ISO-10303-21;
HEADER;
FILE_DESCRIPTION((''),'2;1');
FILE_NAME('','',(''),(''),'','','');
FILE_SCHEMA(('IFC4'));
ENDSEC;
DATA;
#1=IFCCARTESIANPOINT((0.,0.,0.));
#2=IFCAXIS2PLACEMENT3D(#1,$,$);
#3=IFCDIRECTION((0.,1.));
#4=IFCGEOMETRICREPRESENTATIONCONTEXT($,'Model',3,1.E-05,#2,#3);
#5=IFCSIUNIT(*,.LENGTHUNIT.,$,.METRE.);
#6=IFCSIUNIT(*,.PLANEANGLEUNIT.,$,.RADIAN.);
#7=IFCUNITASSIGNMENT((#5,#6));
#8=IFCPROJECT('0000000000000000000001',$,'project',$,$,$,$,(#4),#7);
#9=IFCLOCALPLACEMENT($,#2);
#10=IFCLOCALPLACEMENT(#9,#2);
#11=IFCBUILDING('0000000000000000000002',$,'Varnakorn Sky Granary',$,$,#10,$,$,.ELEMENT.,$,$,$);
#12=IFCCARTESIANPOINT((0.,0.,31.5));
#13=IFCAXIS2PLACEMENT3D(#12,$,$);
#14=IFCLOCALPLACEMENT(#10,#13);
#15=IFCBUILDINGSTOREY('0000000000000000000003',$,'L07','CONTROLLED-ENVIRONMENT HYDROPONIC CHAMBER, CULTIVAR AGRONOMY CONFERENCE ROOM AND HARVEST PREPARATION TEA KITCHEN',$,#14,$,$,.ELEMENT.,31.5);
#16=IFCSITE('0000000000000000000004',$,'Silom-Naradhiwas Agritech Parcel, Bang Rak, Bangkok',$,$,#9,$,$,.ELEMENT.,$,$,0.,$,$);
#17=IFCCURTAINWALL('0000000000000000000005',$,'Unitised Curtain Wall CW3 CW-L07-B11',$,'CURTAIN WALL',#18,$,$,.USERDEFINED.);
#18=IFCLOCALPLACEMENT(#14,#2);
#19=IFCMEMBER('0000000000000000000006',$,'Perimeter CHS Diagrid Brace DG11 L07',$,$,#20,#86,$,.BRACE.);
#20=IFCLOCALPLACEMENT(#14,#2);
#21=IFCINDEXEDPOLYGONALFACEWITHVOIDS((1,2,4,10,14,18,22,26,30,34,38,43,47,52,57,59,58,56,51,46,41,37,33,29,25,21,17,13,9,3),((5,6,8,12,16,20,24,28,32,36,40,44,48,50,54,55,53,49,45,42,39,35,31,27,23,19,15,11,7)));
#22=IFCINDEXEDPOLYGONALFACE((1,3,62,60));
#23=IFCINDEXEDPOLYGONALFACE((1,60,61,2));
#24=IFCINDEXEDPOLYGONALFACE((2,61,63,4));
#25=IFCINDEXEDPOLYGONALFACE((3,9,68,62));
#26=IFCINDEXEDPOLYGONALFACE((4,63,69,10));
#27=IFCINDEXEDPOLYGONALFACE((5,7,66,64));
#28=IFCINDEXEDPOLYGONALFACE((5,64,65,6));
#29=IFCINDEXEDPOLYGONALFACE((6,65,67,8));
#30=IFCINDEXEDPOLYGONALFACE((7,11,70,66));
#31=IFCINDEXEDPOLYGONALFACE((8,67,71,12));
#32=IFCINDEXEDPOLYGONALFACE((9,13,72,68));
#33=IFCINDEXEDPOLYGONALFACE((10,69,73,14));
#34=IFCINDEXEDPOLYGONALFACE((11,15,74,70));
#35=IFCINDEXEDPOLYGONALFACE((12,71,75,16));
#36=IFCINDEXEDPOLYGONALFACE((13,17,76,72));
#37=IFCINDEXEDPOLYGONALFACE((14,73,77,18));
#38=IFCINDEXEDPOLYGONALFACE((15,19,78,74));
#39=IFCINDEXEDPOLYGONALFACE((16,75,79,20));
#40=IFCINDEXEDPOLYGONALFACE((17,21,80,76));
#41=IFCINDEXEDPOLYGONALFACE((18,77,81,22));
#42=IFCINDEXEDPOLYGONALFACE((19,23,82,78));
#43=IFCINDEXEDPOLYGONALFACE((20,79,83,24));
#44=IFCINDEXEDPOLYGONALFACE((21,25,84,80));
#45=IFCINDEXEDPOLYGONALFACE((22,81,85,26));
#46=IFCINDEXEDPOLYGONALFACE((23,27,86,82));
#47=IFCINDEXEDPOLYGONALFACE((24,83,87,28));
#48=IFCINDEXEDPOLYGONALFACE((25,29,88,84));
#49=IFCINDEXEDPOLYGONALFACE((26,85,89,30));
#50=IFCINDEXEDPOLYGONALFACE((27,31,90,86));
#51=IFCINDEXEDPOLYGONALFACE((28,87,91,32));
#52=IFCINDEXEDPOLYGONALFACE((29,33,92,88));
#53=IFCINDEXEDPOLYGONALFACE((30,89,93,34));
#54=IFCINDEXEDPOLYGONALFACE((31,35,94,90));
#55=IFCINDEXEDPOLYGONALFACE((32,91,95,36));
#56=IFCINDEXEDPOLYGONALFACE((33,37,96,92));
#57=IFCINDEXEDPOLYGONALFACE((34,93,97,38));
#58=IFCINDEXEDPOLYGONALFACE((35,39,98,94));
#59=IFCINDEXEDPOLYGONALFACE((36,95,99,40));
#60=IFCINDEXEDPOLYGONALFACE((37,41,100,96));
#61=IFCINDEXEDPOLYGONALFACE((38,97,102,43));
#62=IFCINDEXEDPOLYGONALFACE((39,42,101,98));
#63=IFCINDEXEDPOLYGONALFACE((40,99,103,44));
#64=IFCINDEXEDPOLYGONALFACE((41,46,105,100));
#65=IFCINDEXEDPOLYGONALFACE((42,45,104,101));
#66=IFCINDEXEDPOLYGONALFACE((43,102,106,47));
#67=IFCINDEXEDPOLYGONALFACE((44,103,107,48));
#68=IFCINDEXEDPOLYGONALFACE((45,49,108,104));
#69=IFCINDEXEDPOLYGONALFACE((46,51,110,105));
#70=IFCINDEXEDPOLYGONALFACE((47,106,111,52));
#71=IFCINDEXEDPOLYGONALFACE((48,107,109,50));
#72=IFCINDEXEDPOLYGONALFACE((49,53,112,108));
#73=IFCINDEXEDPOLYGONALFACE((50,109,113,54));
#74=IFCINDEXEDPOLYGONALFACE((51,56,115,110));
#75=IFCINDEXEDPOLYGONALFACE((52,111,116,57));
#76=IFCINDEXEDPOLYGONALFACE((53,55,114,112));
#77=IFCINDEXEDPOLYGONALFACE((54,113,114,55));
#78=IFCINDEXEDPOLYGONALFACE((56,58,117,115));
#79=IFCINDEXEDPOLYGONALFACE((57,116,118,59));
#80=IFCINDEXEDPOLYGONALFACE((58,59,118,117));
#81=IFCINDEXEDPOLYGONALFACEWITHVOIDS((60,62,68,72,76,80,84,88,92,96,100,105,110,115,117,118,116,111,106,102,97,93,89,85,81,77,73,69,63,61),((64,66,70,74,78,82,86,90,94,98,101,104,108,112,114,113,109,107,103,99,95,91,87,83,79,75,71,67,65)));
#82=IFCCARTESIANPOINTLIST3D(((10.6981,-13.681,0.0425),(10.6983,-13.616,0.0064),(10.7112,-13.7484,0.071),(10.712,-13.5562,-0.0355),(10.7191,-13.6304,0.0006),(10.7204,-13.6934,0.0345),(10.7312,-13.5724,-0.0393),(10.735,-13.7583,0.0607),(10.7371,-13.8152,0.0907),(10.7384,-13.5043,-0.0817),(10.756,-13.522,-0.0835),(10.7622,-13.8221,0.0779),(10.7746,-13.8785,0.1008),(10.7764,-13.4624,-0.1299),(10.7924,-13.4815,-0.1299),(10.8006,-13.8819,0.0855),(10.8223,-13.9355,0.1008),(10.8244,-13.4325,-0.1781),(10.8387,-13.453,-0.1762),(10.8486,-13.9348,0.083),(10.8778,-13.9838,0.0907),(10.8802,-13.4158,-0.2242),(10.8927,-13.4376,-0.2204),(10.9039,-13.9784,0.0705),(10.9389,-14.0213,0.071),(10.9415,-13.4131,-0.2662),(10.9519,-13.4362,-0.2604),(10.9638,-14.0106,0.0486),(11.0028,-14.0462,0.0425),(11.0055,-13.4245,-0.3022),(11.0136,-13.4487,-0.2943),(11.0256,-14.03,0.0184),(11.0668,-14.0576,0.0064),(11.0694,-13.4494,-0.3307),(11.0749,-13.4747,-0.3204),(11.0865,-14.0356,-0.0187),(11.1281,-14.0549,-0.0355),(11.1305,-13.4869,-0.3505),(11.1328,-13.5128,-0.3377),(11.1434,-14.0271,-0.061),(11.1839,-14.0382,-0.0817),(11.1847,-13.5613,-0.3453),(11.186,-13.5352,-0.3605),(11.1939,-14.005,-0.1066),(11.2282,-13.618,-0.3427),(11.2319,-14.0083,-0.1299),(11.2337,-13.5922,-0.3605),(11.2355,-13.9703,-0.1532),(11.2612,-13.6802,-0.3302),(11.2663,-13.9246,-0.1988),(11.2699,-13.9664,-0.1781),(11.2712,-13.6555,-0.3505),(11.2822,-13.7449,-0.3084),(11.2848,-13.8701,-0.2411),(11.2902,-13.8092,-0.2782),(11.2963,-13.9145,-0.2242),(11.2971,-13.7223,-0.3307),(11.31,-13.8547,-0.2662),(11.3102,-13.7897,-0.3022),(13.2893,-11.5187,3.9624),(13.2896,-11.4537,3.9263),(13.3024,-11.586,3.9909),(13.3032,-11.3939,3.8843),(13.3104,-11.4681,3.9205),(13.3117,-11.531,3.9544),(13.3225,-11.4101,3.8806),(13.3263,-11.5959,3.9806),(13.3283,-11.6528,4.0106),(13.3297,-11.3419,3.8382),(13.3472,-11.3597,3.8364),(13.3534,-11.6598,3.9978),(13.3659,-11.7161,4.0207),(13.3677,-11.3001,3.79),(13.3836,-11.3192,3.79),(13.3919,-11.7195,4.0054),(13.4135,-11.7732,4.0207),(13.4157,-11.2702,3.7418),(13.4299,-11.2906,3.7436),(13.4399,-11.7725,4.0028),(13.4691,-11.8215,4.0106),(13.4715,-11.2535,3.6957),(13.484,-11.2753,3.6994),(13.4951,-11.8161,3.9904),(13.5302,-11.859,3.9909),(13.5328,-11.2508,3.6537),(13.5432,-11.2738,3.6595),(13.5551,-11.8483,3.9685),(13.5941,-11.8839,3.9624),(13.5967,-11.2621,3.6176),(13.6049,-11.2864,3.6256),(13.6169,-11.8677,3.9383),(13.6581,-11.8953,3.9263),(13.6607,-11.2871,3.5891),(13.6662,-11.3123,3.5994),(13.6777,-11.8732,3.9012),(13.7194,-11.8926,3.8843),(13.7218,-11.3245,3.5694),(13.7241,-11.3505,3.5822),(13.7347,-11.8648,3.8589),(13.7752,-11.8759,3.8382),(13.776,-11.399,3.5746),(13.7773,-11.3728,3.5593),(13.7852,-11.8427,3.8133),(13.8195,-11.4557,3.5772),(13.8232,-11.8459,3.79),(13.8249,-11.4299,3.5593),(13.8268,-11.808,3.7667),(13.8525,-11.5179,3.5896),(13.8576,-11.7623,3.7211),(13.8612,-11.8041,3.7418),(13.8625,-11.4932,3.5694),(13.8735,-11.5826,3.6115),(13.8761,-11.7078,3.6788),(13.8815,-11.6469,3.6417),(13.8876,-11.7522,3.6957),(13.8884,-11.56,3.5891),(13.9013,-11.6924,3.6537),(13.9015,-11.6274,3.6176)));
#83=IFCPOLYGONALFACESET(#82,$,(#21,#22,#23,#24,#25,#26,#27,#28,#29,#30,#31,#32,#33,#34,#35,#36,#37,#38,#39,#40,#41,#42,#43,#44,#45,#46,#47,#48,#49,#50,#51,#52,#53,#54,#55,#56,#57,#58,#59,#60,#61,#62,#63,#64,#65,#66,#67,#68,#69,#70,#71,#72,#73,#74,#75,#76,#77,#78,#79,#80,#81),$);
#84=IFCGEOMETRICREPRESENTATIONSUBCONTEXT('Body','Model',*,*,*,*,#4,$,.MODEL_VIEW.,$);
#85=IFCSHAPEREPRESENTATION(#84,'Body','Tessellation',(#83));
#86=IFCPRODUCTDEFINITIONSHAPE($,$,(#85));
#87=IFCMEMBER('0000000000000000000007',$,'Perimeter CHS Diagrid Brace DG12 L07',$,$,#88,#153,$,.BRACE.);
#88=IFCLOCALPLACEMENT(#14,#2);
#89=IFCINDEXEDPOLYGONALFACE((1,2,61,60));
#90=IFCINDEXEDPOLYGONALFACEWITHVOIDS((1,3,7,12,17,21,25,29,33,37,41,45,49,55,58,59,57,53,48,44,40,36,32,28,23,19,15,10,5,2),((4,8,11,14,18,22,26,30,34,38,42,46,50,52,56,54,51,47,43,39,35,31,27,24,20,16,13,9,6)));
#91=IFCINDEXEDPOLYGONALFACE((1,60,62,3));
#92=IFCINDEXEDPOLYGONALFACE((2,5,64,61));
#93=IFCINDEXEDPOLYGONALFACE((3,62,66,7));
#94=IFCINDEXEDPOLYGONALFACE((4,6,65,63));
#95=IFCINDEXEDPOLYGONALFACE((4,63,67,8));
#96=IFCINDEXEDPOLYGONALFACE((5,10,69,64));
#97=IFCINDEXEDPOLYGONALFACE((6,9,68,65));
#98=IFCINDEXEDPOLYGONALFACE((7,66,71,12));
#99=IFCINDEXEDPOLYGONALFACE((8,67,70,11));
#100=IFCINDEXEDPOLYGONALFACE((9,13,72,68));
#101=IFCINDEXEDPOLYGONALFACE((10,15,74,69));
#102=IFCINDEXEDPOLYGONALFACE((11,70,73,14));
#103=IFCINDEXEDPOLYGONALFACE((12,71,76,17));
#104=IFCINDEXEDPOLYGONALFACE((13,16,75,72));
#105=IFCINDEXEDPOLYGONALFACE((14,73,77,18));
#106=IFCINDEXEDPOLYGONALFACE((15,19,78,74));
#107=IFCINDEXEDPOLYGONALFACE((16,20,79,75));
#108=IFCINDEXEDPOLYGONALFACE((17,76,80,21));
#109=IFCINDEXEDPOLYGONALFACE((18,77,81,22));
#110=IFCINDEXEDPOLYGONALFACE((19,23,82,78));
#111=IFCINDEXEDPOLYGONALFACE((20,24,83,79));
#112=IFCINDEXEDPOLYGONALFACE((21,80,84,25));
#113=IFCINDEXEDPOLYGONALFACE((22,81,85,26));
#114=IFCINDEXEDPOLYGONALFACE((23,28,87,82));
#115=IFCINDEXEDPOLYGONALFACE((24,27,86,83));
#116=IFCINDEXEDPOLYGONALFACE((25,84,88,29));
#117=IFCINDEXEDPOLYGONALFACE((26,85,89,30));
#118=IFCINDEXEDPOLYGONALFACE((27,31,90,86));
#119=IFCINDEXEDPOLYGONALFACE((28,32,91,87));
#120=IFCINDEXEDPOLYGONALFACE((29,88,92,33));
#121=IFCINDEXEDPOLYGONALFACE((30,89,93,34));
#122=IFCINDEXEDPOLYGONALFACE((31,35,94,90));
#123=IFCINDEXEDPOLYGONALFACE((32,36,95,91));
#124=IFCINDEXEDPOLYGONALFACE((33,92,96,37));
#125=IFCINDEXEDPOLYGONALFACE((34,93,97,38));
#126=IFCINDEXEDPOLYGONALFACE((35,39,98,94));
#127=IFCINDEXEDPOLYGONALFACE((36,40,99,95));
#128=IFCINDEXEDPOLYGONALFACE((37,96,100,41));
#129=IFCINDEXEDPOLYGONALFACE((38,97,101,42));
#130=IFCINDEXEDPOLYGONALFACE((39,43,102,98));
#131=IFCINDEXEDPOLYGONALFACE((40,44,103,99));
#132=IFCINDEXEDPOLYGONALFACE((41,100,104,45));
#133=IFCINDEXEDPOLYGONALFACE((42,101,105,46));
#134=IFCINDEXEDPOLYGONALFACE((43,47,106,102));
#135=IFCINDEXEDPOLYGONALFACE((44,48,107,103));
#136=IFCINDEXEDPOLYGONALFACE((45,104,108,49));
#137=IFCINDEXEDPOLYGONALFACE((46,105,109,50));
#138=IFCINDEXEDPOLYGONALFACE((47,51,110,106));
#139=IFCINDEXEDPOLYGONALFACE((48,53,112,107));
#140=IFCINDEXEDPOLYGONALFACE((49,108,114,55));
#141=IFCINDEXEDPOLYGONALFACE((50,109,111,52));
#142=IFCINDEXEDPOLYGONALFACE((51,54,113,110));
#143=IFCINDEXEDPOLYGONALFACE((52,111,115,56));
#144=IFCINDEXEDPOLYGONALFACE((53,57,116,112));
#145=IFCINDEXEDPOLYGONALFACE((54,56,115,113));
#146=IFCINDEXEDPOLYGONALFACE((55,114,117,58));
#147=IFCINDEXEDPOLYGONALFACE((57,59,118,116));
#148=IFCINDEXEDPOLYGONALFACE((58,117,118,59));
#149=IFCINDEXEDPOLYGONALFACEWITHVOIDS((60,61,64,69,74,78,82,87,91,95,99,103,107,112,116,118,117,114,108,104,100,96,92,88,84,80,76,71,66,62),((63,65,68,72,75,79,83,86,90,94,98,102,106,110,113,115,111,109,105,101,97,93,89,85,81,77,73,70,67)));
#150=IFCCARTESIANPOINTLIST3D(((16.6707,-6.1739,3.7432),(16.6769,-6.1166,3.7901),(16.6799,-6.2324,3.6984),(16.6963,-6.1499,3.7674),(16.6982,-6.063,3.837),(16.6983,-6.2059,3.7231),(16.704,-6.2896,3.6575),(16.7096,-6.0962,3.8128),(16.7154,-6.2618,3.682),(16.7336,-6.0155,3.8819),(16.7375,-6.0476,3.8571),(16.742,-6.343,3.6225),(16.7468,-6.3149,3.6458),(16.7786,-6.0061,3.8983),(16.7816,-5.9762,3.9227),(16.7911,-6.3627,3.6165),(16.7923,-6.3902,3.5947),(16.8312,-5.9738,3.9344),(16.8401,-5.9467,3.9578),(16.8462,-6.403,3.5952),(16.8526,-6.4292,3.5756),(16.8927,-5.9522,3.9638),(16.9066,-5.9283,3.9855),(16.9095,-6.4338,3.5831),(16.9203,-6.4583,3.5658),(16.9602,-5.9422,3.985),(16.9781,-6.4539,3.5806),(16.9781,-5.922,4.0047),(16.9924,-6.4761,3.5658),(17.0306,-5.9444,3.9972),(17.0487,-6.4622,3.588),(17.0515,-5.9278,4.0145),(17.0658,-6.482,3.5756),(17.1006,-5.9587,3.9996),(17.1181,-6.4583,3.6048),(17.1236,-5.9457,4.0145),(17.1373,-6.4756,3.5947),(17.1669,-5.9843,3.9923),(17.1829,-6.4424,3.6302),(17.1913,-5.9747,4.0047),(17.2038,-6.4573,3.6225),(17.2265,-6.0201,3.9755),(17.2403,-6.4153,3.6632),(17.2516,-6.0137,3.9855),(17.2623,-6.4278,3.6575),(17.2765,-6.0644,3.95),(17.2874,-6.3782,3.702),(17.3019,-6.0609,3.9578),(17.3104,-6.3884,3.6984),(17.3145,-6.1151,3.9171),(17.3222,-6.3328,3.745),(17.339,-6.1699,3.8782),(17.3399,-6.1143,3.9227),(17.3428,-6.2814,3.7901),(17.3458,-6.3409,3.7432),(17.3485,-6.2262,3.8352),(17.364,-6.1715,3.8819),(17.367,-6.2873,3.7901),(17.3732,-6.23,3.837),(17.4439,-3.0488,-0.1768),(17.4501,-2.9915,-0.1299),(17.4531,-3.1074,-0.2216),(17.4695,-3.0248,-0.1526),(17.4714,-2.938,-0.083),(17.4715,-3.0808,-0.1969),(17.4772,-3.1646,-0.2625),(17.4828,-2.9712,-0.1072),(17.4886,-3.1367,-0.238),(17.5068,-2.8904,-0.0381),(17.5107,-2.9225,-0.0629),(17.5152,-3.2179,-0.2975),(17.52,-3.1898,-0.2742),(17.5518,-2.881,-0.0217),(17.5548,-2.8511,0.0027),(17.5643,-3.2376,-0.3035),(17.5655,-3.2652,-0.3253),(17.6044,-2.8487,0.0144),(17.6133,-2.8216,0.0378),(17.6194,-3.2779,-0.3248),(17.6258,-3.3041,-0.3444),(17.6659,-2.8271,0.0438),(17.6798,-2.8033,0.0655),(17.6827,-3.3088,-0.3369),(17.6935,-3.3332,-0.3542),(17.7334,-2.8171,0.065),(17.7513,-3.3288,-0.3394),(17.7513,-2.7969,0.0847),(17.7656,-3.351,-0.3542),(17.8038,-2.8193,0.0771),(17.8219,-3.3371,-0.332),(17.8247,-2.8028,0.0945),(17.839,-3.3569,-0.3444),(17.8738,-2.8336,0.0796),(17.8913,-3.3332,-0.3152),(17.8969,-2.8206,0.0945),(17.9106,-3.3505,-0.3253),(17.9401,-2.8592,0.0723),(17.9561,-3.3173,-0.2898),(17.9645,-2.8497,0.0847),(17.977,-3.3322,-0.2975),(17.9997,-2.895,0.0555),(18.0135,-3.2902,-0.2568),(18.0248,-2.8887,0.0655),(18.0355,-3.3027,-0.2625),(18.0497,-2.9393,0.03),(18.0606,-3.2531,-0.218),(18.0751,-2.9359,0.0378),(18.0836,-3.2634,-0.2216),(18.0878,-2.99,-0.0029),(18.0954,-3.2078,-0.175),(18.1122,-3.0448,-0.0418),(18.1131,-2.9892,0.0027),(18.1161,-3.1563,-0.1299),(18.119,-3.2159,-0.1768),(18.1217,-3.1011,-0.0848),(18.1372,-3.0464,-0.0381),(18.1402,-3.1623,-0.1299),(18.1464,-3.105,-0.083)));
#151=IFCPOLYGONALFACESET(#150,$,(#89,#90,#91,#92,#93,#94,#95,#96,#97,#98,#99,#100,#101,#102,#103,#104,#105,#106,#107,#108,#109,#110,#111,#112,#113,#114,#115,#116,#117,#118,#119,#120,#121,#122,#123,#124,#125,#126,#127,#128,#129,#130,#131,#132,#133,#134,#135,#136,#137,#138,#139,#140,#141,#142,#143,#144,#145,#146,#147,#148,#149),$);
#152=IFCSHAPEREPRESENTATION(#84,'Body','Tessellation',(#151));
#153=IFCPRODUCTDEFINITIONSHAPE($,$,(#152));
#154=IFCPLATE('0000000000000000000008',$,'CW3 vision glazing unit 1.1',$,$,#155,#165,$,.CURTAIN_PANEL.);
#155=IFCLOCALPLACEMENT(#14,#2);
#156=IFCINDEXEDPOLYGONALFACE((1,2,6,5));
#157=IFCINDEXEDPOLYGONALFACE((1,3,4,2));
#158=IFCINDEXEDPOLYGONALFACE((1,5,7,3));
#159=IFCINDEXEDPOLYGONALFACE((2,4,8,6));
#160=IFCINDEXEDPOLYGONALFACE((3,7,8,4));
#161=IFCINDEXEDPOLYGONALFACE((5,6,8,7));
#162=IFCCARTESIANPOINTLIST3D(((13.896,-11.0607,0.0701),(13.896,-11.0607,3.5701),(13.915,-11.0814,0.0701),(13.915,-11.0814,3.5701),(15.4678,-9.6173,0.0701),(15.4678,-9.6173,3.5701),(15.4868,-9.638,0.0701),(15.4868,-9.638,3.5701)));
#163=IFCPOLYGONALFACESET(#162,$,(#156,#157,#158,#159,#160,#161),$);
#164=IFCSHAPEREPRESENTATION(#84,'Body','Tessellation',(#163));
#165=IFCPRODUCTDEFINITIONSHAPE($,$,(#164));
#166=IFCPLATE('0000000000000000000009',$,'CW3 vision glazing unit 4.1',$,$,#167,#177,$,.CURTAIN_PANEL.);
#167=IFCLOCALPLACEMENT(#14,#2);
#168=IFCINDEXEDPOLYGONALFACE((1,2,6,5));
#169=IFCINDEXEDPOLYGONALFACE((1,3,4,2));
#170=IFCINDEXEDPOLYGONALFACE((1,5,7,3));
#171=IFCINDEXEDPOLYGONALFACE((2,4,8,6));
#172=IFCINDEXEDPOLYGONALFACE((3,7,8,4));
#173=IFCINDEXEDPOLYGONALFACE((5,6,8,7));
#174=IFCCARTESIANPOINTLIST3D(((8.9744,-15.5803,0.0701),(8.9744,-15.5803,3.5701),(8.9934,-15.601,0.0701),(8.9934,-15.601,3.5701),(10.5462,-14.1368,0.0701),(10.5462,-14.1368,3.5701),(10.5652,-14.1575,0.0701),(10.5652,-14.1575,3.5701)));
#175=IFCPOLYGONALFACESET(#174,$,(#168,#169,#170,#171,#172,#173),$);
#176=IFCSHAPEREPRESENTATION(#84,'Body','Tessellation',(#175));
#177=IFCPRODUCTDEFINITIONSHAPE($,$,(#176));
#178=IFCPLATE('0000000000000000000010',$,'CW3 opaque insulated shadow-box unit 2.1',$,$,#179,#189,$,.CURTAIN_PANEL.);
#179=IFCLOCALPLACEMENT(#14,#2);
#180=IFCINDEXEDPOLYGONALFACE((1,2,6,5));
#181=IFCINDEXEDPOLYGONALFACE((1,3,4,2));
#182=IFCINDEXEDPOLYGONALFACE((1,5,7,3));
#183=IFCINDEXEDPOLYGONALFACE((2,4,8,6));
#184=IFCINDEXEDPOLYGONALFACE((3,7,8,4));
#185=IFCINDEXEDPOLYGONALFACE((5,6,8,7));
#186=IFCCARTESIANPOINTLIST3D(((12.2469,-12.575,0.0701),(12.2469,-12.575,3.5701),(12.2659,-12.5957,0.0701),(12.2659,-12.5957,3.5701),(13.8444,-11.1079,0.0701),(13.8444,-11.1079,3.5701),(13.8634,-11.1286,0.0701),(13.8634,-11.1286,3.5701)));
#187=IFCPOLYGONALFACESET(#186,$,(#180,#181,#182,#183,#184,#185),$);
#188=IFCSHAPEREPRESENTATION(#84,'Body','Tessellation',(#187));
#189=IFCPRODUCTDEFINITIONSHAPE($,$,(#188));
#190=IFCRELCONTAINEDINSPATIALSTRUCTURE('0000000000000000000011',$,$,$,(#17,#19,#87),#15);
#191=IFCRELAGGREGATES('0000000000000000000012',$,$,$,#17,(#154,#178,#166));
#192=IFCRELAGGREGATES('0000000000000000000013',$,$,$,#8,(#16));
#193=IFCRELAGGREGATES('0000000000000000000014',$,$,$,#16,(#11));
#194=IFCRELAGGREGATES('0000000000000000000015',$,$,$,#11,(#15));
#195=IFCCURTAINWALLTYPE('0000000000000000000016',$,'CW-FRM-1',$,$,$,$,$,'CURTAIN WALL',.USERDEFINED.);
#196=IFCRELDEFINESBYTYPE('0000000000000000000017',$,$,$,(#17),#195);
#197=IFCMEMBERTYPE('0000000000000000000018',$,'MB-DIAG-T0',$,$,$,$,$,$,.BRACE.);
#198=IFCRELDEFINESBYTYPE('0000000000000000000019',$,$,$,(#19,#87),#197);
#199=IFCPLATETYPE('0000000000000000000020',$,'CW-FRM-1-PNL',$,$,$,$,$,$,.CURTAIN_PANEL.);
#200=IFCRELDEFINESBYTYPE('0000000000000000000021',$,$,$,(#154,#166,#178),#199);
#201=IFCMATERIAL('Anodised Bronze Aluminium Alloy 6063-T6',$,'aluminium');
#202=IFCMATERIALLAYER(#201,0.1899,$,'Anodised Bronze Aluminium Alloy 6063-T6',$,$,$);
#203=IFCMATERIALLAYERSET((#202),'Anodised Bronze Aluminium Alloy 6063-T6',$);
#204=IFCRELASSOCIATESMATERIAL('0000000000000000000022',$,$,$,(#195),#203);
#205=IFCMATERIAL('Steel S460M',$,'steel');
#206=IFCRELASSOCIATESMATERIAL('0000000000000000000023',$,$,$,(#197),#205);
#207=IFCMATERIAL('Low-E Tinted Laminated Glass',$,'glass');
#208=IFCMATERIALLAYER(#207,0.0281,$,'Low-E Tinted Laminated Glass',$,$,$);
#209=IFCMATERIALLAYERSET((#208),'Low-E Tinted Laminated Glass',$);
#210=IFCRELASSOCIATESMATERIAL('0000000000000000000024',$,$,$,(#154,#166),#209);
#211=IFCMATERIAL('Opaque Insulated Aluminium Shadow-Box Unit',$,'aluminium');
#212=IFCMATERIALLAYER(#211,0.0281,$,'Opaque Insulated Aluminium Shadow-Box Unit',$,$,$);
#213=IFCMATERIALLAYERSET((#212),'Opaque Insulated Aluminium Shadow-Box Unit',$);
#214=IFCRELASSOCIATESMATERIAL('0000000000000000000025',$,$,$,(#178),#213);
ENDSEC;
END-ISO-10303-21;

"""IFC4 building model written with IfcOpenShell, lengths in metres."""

from ifc_helpers import new_model, si_unit, direction, frame, origin, origin_2d, place, context, subcontext, project, spatial, rectangle, hollow_circle, extrude, source, transform, mapped, material, layer, layer_set, material_profile, profile_set, type_object, type_shapes, element, aggregate, save


model = new_model("IFC4")

# Units and contexts
model_context = context("Model", 3, precision=1e-05, world=origin(), true_north=direction((0.0, 1.0)))
body_context = subcontext(model_context, "Body", "Model", "MODEL_VIEW")
ifc_project = project(units=[si_unit("LENGTHUNIT", "METRE"), si_unit("PLANEANGLEUNIT", "RADIAN")], contexts=[model_context])

# Site, building, storey
site_placement = place(None, origin())
site = spatial("IfcSite", under=ifc_project, at=site_placement, Name="Silom-Naradhiwas Agritech Parcel, Bang Rak, Bangkok", CompositionType="ELEMENT", RefElevation=0.0)
building_placement = place(site_placement, origin())
building = spatial("IfcBuilding", under=site, at=building_placement, Name="Varnakorn Sky Granary", CompositionType="ELEMENT")
storey_placement = place(building_placement, frame((0.0, 0.0, 31.5)))
storey = spatial("IfcBuildingStorey", under=building, at=storey_placement, Name="L07", Description="CONTROLLED-ENVIRONMENT HYDROPONIC CHAMBER, CULTIVAR AGRONOMY CONFERENCE ROOM AND HARVEST PREPARATION TEA KITCHEN", CompositionType="ELEMENT", Elevation=31.5)

# Shared definitions
ifc_material_1 = material(Name="Steel S460M", Category="steel")

# Curtain wall
ifc_material_2 = material(Name="Anodised Bronze Aluminium Alloy 6063-T6", Category="aluminium")
ifc_layer_1 = layer(ifc_material_2, 0.1899, Name="Anodised Bronze Aluminium Alloy 6063-T6")
ifc_layer_set_1 = layer_set([ifc_layer_1], Name="Anodised Bronze Aluminium Alloy 6063-T6")
curtain_wall_type = type_object("IfcCurtainWallType", Name="CW-FRM-1", ElementType="CURTAIN WALL", PredefinedType="USERDEFINED", material=ifc_layer_set_1)
curtain_wall_placement = place(storey_placement, origin())
curtain_wall = element("IfcCurtainWall", 1, at=curtain_wall_placement, inside=storey, type_object=curtain_wall_type, Name="Unitised Curtain Wall CW3 CW-L07-B11", ObjectType="CURTAIN WALL", PredefinedType="USERDEFINED")

# Members
ifc_material_profile_1 = material_profile(ifc_material_1, hollow_circle(Radius=0.3555, WallThickness=0.0249, at=origin_2d()), Name="CHS 711x25")
ifc_profile_set_1 = profile_set([ifc_material_profile_1], Name="Steel S460M")
member_type_1 = type_object("IfcMemberType", Name="MB-DIAG-T0", PredefinedType="BRACE", material=ifc_profile_set_1)
member_1_placement = place(storey_placement, frame((11.0042, -13.7354, -0.1299), z_axis=(0.500962, 0.418035, 0.757815), x_axis=(-0.640697, 0.767794, 0.0)))
element("IfcMember", 2, at=member_1_placement, inside=storey, type_object=member_type_1, Name="Perimeter CHS Diagrid Brace DG11 L07", PredefinedType="BRACE", context=body_context, shape_type="SweptSolid", body=[
    extrude(hollow_circle(Radius=0.3555, WallThickness=0.0249, at=origin_2d()), origin(), (0.0, 0.0, 1.0), 5.1726),
])
member_2_placement = place(storey_placement, frame((17.7952, -3.0769, -0.1299), z_axis=(-0.152431, -0.616079, 0.772794), x_axis=(0.970729, -0.240179, 0.0)))
element("IfcMember", 3, at=member_2_placement, inside=storey, type_object=member_type_1, Name="Perimeter CHS Diagrid Brace DG12 L07", PredefinedType="BRACE", context=body_context, shape_type="SweptSolid", body=[
    extrude(hollow_circle(Radius=0.3555, WallThickness=0.0249, at=origin_2d()), origin(), (0.0, 0.0, 1.0), 5.0725),
])

# Plates
ifc_material_3 = material(Name="Low-E Tinted Laminated Glass", Category="glass")
ifc_layer_2 = layer(ifc_material_3, 0.0281, Name="Low-E Tinted Laminated Glass")
ifc_layer_set_2 = layer_set([ifc_layer_2], Name="Low-E Tinted Laminated Glass")
plate_type = type_object("IfcPlateType", Name="CW-FRM-1-PNL", PredefinedType="CURTAIN_PANEL")
shared_shape_1 = source(origin(), body_context, "Body", "SweptSolid", [
    extrude(rectangle(XDim=2.134, YDim=0.0281, at=origin_2d()), origin(), (0.0, 0.0, 1.0), 3.5),
])
plate_1_placement = place(storey_placement, frame((14.6914, -10.3494, 0.0701), z_axis=(0.0, 0.0, 1.0), x_axis=(-0.736547, -0.676387, 0.0)))
plate_1 = element("IfcPlate", 4, at=plate_1_placement, type_object=plate_type, material=ifc_layer_set_2, Name="CW3 vision glazing unit 1.1", PredefinedType="CURTAIN_PANEL", context=body_context, shape_type="MappedRepresentation", body=[
    mapped(shared_shape_1, transform((0.0, 0.0, 0.0), x_axis=(1.0, 0.0, 0.0), y_axis=(0.0, 1.0, 0.0), z_axis=(0.0, 0.0, 1.0), scale=1.0)),
])
plate_2_placement = place(storey_placement, frame((9.7698, -14.8689, 0.0701), z_axis=(0.0, 0.0, 1.0), x_axis=(-0.736547, -0.676387, 0.0)))
plate_2 = element("IfcPlate", 5, at=plate_2_placement, type_object=plate_type, material=ifc_layer_set_2, Name="CW3 vision glazing unit 4.1", PredefinedType="CURTAIN_PANEL", context=body_context, shape_type="MappedRepresentation", body=[
    mapped(shared_shape_1, transform((0.0, 0.0, 0.0), x_axis=(1.0, 0.0, 0.0), y_axis=(0.0, 1.0, 0.0), z_axis=(0.0, 0.0, 1.0), scale=1.0)),
])
ifc_material_4 = material(Name="Opaque Insulated Aluminium Shadow-Box Unit", Category="aluminium")
ifc_layer_3 = layer(ifc_material_4, 0.0281, Name="Opaque Insulated Aluminium Shadow-Box Unit")
ifc_layer_set_3 = layer_set([ifc_layer_3], Name="Opaque Insulated Aluminium Shadow-Box Unit")
shared_shape_2 = source(origin(), body_context, "Body", "SweptSolid", [
    extrude(rectangle(XDim=2.1689, YDim=0.0281, at=origin_2d()), origin(), (0.0, 0.0, 1.0), 3.5),
])
type_shapes(plate_type, [shared_shape_1, shared_shape_2])
plate_3_placement = place(storey_placement, frame((13.0552, -11.8518, 0.0701), z_axis=(0.0, 0.0, 1.0), x_axis=(-0.736547, -0.676387, 0.0)))
plate_3 = element("IfcPlate", 6, at=plate_3_placement, type_object=plate_type, material=ifc_layer_set_3, Name="CW3 opaque insulated shadow-box unit 2.1", PredefinedType="CURTAIN_PANEL", context=body_context, shape_type="MappedRepresentation", body=[
    mapped(shared_shape_2, transform((0.0, 0.0, 0.0), x_axis=(1.0, 0.0, 0.0), y_axis=(0.0, 1.0, 0.0), z_axis=(0.0, 0.0, 1.0), scale=1.0)),
])
aggregate(curtain_wall, [plate_1, plate_3, plate_2])

save(model, "model.ifc")
